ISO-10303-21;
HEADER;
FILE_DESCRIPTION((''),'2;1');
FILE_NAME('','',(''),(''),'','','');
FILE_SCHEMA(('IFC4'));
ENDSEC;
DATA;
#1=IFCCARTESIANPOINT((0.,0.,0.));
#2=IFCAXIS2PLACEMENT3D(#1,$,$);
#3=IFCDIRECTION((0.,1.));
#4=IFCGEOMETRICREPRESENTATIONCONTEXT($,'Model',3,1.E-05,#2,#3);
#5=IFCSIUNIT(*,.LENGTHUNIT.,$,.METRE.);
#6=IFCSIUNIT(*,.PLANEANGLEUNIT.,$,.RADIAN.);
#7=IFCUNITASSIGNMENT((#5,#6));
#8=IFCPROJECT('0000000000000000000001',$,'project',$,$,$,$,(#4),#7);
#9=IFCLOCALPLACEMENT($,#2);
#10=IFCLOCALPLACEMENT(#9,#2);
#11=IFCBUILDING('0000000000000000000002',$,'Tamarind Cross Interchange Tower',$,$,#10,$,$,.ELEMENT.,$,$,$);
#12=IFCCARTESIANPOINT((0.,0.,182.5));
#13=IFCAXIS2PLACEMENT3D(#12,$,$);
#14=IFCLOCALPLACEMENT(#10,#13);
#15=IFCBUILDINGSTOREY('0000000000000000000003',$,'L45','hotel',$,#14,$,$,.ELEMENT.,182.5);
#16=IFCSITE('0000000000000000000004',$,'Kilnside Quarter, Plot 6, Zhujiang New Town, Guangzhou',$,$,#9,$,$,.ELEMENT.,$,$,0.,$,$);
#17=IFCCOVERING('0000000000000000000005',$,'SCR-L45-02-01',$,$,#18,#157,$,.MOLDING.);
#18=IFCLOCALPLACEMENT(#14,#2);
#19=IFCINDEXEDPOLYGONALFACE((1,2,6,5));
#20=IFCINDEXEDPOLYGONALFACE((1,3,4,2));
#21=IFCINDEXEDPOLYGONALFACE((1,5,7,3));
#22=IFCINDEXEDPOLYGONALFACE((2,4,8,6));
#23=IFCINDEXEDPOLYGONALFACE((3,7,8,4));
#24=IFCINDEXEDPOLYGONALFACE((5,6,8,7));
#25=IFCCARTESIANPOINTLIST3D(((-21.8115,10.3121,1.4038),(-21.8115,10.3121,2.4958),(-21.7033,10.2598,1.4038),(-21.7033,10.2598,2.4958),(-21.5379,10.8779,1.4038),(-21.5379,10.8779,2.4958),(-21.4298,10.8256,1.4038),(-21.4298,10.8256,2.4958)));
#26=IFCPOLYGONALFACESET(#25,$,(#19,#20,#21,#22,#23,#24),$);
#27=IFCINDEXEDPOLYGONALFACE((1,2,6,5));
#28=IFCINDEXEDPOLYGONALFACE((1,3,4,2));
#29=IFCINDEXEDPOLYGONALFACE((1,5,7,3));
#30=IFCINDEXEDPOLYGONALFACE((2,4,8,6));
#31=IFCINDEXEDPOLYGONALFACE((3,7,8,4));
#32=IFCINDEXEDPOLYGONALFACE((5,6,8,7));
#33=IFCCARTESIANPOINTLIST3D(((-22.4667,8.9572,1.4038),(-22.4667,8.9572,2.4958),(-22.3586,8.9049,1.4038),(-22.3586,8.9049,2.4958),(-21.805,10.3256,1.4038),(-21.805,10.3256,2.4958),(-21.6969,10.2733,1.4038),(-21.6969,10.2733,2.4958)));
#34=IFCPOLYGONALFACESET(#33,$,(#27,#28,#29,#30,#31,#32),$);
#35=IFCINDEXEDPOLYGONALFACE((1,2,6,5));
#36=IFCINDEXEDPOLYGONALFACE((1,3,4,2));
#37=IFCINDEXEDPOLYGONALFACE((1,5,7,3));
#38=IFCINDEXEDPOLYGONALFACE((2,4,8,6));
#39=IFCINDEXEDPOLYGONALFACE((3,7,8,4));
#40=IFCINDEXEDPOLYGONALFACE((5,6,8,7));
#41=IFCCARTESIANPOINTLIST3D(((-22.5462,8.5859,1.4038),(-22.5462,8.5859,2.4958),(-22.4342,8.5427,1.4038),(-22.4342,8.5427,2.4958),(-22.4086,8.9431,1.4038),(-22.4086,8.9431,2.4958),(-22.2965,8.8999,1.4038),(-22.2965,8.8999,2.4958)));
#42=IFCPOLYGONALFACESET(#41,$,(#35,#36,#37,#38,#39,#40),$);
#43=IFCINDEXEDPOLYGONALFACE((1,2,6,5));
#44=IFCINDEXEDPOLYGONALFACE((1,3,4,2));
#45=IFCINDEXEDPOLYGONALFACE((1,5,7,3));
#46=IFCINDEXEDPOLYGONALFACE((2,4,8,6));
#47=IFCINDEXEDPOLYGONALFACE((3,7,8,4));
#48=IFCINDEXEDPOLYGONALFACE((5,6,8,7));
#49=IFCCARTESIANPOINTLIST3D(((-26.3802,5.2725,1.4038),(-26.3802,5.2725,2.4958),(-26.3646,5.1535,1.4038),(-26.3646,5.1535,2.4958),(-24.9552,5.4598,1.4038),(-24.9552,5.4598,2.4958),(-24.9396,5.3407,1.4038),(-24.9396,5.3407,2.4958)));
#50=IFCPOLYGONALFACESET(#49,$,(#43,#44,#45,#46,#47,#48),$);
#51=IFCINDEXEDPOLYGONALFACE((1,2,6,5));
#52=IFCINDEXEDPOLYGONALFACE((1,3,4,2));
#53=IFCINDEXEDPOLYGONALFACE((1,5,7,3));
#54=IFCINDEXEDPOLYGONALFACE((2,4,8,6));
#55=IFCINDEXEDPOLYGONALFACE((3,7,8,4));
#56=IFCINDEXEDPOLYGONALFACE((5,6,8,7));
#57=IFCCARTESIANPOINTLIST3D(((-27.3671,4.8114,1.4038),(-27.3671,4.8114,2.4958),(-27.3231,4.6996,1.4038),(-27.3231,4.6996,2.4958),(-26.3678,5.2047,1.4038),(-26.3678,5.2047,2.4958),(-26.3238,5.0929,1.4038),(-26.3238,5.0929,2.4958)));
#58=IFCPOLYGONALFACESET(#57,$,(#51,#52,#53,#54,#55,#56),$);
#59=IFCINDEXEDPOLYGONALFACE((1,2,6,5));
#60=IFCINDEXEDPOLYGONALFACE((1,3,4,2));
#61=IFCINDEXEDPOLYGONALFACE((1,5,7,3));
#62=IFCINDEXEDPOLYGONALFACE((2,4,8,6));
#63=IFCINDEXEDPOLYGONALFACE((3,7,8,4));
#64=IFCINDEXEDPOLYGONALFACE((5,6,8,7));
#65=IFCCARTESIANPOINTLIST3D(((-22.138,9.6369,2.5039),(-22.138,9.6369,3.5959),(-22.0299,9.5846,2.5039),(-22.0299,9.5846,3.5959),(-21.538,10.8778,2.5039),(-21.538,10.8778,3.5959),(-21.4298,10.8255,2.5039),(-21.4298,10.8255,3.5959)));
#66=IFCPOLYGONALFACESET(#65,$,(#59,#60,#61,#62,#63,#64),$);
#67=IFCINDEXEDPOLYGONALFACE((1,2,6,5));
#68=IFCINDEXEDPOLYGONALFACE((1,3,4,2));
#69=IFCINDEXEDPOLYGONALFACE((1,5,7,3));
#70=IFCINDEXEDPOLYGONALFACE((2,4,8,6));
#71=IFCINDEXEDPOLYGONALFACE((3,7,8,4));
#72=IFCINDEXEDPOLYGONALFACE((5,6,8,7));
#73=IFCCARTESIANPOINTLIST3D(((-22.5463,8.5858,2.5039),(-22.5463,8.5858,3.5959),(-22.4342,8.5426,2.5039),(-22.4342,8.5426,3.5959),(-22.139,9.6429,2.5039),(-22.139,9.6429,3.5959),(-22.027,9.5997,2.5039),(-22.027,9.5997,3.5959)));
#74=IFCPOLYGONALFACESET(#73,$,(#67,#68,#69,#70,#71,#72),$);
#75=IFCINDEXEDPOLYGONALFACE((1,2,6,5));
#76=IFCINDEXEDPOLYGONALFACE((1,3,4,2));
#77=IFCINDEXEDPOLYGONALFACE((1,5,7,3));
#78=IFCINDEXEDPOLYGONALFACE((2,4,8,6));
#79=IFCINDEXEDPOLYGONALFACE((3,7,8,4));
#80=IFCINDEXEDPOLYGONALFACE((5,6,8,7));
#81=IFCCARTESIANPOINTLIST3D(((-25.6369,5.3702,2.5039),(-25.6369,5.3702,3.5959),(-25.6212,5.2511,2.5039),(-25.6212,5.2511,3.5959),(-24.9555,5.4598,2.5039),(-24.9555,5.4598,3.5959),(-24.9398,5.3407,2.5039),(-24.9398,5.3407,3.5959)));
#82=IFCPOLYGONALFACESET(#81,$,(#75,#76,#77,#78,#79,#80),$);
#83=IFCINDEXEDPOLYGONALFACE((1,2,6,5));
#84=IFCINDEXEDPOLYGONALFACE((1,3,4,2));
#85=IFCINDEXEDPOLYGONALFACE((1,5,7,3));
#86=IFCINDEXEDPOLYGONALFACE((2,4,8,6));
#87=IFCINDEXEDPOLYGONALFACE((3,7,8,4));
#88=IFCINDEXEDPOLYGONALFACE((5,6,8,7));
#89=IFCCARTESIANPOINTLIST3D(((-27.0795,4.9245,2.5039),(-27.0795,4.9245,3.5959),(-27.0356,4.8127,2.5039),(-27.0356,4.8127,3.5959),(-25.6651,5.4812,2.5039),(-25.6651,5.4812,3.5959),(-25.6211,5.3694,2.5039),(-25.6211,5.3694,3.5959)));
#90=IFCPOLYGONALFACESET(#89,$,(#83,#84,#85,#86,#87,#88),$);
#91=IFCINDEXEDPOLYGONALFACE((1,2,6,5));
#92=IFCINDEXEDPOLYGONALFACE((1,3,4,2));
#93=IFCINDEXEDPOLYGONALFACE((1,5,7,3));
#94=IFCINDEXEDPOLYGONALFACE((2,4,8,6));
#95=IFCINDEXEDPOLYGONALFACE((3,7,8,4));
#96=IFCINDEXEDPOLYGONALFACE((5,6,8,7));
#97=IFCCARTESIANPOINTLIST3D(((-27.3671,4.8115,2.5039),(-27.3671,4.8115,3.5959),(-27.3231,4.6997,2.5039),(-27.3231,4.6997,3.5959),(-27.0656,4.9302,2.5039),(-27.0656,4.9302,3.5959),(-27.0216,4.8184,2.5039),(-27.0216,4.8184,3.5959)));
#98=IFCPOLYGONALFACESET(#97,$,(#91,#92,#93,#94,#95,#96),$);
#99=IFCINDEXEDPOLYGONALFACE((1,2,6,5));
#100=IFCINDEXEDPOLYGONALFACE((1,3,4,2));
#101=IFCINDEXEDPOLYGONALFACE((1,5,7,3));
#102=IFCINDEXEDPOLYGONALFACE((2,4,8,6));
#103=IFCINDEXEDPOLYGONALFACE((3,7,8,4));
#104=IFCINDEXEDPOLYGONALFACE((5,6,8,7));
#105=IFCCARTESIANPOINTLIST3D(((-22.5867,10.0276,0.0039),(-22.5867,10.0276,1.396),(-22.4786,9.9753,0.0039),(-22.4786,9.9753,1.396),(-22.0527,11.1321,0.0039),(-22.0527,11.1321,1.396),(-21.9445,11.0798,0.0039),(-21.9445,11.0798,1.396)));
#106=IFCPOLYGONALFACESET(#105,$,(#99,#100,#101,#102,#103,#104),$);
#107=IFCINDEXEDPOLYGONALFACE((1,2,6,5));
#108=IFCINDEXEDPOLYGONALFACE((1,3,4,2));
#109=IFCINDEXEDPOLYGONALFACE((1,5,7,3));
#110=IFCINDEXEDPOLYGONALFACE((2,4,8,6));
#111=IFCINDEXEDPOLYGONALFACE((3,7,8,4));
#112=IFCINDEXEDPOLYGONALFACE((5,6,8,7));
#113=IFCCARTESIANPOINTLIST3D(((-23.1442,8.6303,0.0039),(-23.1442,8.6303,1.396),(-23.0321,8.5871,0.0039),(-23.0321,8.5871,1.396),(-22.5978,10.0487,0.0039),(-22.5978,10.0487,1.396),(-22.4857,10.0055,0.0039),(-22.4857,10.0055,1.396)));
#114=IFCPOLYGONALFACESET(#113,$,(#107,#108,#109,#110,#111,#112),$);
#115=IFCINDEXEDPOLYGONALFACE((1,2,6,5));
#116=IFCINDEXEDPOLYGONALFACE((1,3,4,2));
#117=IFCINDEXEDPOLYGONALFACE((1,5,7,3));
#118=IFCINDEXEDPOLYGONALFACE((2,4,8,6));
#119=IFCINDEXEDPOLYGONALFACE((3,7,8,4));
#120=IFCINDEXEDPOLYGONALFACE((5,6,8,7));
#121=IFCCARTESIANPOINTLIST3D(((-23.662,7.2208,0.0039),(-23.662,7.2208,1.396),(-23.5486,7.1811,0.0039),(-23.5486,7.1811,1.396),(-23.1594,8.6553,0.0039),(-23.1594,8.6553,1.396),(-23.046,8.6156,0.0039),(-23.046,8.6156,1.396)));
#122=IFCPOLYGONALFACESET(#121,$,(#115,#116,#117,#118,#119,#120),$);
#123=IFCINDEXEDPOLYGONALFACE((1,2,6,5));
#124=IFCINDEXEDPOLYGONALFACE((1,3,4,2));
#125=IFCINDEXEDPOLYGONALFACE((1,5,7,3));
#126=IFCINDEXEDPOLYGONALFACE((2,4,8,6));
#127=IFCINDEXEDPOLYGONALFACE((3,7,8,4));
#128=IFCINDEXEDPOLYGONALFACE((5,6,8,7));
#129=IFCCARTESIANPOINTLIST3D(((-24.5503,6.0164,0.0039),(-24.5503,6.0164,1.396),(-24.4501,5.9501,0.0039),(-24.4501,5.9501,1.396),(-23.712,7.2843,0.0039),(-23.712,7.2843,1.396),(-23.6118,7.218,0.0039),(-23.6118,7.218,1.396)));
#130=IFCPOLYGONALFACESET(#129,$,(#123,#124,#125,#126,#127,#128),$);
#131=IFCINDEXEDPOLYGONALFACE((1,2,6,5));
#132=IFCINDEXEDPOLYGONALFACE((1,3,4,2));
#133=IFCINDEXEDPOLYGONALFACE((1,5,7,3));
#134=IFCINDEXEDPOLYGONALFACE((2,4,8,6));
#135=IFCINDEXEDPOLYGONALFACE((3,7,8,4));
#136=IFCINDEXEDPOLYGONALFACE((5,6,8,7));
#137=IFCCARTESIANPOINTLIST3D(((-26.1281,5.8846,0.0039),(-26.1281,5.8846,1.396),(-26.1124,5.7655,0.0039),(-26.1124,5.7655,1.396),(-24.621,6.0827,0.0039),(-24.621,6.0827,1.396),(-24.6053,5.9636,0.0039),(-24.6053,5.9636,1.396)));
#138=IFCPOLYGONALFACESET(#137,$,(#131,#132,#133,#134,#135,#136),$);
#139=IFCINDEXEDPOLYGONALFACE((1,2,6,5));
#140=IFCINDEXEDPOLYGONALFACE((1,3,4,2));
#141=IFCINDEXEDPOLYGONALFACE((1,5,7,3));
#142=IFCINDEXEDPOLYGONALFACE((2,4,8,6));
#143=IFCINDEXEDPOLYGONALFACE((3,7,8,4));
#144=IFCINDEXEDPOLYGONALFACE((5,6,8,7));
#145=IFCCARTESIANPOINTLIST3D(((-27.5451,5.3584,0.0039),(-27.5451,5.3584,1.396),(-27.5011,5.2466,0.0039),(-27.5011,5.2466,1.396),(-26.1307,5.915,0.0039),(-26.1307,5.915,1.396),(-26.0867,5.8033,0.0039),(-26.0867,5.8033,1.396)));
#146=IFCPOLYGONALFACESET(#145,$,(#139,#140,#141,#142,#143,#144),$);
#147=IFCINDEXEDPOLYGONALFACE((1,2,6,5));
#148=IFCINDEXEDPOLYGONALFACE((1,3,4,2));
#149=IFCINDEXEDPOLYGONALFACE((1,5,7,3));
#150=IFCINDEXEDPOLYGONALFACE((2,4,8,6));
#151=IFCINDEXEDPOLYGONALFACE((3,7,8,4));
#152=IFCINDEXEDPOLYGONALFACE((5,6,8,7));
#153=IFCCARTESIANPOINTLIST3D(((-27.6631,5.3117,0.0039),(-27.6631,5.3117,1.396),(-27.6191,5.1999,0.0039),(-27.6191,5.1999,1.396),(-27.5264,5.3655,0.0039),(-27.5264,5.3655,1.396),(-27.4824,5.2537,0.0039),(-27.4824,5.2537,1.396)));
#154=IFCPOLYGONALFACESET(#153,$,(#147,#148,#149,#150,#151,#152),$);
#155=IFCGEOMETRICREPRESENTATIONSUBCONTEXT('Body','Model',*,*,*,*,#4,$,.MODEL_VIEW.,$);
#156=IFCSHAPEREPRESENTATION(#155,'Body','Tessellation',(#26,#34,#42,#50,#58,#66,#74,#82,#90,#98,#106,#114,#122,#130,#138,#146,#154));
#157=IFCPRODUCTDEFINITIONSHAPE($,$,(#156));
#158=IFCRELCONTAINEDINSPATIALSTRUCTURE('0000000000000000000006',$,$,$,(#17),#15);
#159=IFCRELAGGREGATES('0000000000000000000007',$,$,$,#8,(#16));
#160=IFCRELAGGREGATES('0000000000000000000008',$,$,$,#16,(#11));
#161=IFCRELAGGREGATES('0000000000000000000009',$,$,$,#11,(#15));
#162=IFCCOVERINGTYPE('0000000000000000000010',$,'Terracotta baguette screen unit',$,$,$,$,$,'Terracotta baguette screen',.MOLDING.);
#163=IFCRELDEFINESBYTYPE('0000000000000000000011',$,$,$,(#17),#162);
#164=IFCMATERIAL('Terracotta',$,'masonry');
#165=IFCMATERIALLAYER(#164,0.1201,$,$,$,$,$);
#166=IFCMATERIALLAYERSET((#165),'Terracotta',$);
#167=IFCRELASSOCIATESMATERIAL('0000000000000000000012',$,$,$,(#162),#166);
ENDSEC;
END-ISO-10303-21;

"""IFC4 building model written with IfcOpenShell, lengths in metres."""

from ifc_helpers import new_model, si_unit, direction, frame, origin, origin_2d, place, context, subcontext, project, spatial, rectangle, extrude, material, layer, layer_set, type_object, element, save


model = new_model("IFC4")

# Units and contexts
model_context = context("Model", 3, precision=1e-05, world=origin(), true_north=direction((0.0, 1.0)))
body_context = subcontext(model_context, "Body", "Model", "MODEL_VIEW")
ifc_project = project(units=[si_unit("LENGTHUNIT", "METRE"), si_unit("PLANEANGLEUNIT", "RADIAN")], contexts=[model_context])

# Site, building, storey
site_placement = place(None, origin())
site = spatial("IfcSite", under=ifc_project, at=site_placement, Name="Kilnside Quarter, Plot 6, Zhujiang New Town, Guangzhou", CompositionType="ELEMENT", RefElevation=0.0)
building_placement = place(site_placement, origin())
building = spatial("IfcBuilding", under=site, at=building_placement, Name="Tamarind Cross Interchange Tower", CompositionType="ELEMENT")
storey_placement = place(building_placement, frame((0.0, 0.0, 182.5)))
storey = spatial("IfcBuildingStorey", under=building, at=storey_placement, Name="L45", Description="hotel", CompositionType="ELEMENT", Elevation=182.5)

# Covering
ifc_material_1 = material(Name="Terracotta", Category="masonry")
ifc_layer_1 = layer(ifc_material_1, 0.1201)
ifc_layer_set_1 = layer_set([ifc_layer_1], Name="Terracotta")
covering_type = type_object("IfcCoveringType", Name="Terracotta baguette screen unit", ElementType="Terracotta baguette screen", PredefinedType="MOLDING", material=ifc_layer_set_1)
covering_1_placement = place(storey_placement, origin())
element("IfcCovering", 1, at=covering_1_placement, inside=storey, type_object=covering_type, Name="SCR-L45-02-01", PredefinedType="MOLDING", context=body_context, shape_type="SweptSolid", body=[
    extrude(rectangle(XDim=0.6284, YDim=0.1201, at=origin_2d()), frame((-21.6206, 10.5688, 1.4038), z_axis=(0.0, 0.0, 1.0), x_axis=(-0.435326, -0.900273, 0.0)), (0.0, 0.0, 1.0), 1.092),
    extrude(rectangle(XDim=1.52, YDim=0.1201, at=origin_2d()), frame((-22.0818, 9.6152, 1.4038), z_axis=(0.0, 0.0, 1.0), x_axis=(-0.435326, -0.900273, 0.0)), (0.0, 0.0, 1.0), 1.092),
    extrude(rectangle(XDim=0.3828, YDim=0.1201, at=origin_2d()), frame((-22.4214, 8.7429, 1.4038), z_axis=(0.0, 0.0, 1.0), x_axis=(-0.359495, -0.933147, 0.0)), (0.0, 0.0, 1.0), 1.092),
    extrude(rectangle(XDim=1.4373, YDim=0.1201, at=origin_2d()), frame((-25.6599, 5.3066, 1.4038), z_axis=(0.0, 0.0, 1.0), x_axis=(-0.991474, -0.130303, 0.0)), (0.0, 0.0, 1.0), 1.092),
    extrude(rectangle(XDim=1.074, YDim=0.1201, at=origin_2d()), frame((-26.8455, 4.9521, 1.4038), z_axis=(0.0, 0.0, 1.0), x_axis=(-0.930522, -0.366235, 0.0)), (0.0, 0.0, 1.0), 1.092),
    extrude(rectangle(XDim=1.3784, YDim=0.1201, at=origin_2d()), frame((-21.7839, 10.2312, 2.5039), z_axis=(0.0, 0.0, 1.0), x_axis=(-0.435326, -0.900273, 0.0)), (0.0, 0.0, 1.0), 1.092),
    extrude(rectangle(XDim=1.1328, YDim=0.1201, at=origin_2d()), frame((-22.2866, 9.0928, 2.5039), z_axis=(0.0, 0.0, 1.0), x_axis=(-0.359495, -0.933147, 0.0)), (0.0, 0.0, 1.0), 1.092),
    extrude(rectangle(XDim=0.6873, YDim=0.1201, at=origin_2d()), frame((-25.2883, 5.3555, 2.5039), z_axis=(0.0, 0.0, 1.0), x_axis=(-0.991474, -0.130303, 0.0)), (0.0, 0.0, 1.0), 1.092),
    extrude(rectangle(XDim=1.52, YDim=0.1201, at=origin_2d()), frame((-26.3503, 5.147, 2.5039), z_axis=(0.0, 0.0, 1.0), x_axis=(-0.930522, -0.366235, 0.0)), (0.0, 0.0, 1.0), 1.092),
    extrude(rectangle(XDim=0.324, YDim=0.1201, at=origin_2d()), frame((-27.1943, 4.8149, 2.5039), z_axis=(0.0, 0.0, 1.0), x_axis=(-0.930522, -0.366235, 0.0)), (0.0, 0.0, 1.0), 1.092),
    extrude(rectangle(XDim=1.2268, YDim=0.1201, at=origin_2d()), frame((-22.2656, 10.5537, 0.0039), z_axis=(0.0, 0.0, 1.0), x_axis=(-0.435326, -0.900273, 0.0)), (0.0, 0.0, 1.0), 1.3921),
    extrude(rectangle(XDim=1.52, YDim=0.1201, at=origin_2d()), frame((-22.8149, 9.3179, 0.0039), z_axis=(0.0, 0.0, 1.0), x_axis=(-0.359495, -0.933147, 0.0)), (0.0, 0.0, 1.0), 1.3921),
    extrude(rectangle(XDim=1.52, YDim=0.1201, at=origin_2d()), frame((-23.354, 7.9182, 0.0039), z_axis=(0.0, 0.0, 1.0), x_axis=(-0.330664, -0.943749, 0.0)), (0.0, 0.0, 1.0), 1.3921),
    extrude(rectangle(XDim=1.52, YDim=0.1201, at=origin_2d()), frame((-24.0811, 6.6172, 0.0039), z_axis=(0.0, 0.0, 1.0), x_axis=(-0.551557, -0.834137, 0.0)), (0.0, 0.0, 1.0), 1.3921),
    extrude(rectangle(XDim=1.52, YDim=0.1201, at=origin_2d()), frame((-25.3667, 5.9241, 0.0039), z_axis=(0.0, 0.0, 1.0), x_axis=(-0.991474, -0.130303, 0.0)), (0.0, 0.0, 1.0), 1.3921),
    extrude(rectangle(XDim=1.52, YDim=0.1201, at=origin_2d()), frame((-26.8159, 5.5808, 0.0039), z_axis=(0.0, 0.0, 1.0), x_axis=(-0.930522, -0.366235, 0.0)), (0.0, 0.0, 1.0), 1.3921),
    extrude(rectangle(XDim=0.147, YDim=0.1201, at=origin_2d()), frame((-27.5728, 5.2827, 0.0039), z_axis=(0.0, 0.0, 1.0), x_axis=(-0.930522, -0.366235, 0.0)), (0.0, 0.0, 1.0), 1.3921),
])

save(model, "model.ifc")
